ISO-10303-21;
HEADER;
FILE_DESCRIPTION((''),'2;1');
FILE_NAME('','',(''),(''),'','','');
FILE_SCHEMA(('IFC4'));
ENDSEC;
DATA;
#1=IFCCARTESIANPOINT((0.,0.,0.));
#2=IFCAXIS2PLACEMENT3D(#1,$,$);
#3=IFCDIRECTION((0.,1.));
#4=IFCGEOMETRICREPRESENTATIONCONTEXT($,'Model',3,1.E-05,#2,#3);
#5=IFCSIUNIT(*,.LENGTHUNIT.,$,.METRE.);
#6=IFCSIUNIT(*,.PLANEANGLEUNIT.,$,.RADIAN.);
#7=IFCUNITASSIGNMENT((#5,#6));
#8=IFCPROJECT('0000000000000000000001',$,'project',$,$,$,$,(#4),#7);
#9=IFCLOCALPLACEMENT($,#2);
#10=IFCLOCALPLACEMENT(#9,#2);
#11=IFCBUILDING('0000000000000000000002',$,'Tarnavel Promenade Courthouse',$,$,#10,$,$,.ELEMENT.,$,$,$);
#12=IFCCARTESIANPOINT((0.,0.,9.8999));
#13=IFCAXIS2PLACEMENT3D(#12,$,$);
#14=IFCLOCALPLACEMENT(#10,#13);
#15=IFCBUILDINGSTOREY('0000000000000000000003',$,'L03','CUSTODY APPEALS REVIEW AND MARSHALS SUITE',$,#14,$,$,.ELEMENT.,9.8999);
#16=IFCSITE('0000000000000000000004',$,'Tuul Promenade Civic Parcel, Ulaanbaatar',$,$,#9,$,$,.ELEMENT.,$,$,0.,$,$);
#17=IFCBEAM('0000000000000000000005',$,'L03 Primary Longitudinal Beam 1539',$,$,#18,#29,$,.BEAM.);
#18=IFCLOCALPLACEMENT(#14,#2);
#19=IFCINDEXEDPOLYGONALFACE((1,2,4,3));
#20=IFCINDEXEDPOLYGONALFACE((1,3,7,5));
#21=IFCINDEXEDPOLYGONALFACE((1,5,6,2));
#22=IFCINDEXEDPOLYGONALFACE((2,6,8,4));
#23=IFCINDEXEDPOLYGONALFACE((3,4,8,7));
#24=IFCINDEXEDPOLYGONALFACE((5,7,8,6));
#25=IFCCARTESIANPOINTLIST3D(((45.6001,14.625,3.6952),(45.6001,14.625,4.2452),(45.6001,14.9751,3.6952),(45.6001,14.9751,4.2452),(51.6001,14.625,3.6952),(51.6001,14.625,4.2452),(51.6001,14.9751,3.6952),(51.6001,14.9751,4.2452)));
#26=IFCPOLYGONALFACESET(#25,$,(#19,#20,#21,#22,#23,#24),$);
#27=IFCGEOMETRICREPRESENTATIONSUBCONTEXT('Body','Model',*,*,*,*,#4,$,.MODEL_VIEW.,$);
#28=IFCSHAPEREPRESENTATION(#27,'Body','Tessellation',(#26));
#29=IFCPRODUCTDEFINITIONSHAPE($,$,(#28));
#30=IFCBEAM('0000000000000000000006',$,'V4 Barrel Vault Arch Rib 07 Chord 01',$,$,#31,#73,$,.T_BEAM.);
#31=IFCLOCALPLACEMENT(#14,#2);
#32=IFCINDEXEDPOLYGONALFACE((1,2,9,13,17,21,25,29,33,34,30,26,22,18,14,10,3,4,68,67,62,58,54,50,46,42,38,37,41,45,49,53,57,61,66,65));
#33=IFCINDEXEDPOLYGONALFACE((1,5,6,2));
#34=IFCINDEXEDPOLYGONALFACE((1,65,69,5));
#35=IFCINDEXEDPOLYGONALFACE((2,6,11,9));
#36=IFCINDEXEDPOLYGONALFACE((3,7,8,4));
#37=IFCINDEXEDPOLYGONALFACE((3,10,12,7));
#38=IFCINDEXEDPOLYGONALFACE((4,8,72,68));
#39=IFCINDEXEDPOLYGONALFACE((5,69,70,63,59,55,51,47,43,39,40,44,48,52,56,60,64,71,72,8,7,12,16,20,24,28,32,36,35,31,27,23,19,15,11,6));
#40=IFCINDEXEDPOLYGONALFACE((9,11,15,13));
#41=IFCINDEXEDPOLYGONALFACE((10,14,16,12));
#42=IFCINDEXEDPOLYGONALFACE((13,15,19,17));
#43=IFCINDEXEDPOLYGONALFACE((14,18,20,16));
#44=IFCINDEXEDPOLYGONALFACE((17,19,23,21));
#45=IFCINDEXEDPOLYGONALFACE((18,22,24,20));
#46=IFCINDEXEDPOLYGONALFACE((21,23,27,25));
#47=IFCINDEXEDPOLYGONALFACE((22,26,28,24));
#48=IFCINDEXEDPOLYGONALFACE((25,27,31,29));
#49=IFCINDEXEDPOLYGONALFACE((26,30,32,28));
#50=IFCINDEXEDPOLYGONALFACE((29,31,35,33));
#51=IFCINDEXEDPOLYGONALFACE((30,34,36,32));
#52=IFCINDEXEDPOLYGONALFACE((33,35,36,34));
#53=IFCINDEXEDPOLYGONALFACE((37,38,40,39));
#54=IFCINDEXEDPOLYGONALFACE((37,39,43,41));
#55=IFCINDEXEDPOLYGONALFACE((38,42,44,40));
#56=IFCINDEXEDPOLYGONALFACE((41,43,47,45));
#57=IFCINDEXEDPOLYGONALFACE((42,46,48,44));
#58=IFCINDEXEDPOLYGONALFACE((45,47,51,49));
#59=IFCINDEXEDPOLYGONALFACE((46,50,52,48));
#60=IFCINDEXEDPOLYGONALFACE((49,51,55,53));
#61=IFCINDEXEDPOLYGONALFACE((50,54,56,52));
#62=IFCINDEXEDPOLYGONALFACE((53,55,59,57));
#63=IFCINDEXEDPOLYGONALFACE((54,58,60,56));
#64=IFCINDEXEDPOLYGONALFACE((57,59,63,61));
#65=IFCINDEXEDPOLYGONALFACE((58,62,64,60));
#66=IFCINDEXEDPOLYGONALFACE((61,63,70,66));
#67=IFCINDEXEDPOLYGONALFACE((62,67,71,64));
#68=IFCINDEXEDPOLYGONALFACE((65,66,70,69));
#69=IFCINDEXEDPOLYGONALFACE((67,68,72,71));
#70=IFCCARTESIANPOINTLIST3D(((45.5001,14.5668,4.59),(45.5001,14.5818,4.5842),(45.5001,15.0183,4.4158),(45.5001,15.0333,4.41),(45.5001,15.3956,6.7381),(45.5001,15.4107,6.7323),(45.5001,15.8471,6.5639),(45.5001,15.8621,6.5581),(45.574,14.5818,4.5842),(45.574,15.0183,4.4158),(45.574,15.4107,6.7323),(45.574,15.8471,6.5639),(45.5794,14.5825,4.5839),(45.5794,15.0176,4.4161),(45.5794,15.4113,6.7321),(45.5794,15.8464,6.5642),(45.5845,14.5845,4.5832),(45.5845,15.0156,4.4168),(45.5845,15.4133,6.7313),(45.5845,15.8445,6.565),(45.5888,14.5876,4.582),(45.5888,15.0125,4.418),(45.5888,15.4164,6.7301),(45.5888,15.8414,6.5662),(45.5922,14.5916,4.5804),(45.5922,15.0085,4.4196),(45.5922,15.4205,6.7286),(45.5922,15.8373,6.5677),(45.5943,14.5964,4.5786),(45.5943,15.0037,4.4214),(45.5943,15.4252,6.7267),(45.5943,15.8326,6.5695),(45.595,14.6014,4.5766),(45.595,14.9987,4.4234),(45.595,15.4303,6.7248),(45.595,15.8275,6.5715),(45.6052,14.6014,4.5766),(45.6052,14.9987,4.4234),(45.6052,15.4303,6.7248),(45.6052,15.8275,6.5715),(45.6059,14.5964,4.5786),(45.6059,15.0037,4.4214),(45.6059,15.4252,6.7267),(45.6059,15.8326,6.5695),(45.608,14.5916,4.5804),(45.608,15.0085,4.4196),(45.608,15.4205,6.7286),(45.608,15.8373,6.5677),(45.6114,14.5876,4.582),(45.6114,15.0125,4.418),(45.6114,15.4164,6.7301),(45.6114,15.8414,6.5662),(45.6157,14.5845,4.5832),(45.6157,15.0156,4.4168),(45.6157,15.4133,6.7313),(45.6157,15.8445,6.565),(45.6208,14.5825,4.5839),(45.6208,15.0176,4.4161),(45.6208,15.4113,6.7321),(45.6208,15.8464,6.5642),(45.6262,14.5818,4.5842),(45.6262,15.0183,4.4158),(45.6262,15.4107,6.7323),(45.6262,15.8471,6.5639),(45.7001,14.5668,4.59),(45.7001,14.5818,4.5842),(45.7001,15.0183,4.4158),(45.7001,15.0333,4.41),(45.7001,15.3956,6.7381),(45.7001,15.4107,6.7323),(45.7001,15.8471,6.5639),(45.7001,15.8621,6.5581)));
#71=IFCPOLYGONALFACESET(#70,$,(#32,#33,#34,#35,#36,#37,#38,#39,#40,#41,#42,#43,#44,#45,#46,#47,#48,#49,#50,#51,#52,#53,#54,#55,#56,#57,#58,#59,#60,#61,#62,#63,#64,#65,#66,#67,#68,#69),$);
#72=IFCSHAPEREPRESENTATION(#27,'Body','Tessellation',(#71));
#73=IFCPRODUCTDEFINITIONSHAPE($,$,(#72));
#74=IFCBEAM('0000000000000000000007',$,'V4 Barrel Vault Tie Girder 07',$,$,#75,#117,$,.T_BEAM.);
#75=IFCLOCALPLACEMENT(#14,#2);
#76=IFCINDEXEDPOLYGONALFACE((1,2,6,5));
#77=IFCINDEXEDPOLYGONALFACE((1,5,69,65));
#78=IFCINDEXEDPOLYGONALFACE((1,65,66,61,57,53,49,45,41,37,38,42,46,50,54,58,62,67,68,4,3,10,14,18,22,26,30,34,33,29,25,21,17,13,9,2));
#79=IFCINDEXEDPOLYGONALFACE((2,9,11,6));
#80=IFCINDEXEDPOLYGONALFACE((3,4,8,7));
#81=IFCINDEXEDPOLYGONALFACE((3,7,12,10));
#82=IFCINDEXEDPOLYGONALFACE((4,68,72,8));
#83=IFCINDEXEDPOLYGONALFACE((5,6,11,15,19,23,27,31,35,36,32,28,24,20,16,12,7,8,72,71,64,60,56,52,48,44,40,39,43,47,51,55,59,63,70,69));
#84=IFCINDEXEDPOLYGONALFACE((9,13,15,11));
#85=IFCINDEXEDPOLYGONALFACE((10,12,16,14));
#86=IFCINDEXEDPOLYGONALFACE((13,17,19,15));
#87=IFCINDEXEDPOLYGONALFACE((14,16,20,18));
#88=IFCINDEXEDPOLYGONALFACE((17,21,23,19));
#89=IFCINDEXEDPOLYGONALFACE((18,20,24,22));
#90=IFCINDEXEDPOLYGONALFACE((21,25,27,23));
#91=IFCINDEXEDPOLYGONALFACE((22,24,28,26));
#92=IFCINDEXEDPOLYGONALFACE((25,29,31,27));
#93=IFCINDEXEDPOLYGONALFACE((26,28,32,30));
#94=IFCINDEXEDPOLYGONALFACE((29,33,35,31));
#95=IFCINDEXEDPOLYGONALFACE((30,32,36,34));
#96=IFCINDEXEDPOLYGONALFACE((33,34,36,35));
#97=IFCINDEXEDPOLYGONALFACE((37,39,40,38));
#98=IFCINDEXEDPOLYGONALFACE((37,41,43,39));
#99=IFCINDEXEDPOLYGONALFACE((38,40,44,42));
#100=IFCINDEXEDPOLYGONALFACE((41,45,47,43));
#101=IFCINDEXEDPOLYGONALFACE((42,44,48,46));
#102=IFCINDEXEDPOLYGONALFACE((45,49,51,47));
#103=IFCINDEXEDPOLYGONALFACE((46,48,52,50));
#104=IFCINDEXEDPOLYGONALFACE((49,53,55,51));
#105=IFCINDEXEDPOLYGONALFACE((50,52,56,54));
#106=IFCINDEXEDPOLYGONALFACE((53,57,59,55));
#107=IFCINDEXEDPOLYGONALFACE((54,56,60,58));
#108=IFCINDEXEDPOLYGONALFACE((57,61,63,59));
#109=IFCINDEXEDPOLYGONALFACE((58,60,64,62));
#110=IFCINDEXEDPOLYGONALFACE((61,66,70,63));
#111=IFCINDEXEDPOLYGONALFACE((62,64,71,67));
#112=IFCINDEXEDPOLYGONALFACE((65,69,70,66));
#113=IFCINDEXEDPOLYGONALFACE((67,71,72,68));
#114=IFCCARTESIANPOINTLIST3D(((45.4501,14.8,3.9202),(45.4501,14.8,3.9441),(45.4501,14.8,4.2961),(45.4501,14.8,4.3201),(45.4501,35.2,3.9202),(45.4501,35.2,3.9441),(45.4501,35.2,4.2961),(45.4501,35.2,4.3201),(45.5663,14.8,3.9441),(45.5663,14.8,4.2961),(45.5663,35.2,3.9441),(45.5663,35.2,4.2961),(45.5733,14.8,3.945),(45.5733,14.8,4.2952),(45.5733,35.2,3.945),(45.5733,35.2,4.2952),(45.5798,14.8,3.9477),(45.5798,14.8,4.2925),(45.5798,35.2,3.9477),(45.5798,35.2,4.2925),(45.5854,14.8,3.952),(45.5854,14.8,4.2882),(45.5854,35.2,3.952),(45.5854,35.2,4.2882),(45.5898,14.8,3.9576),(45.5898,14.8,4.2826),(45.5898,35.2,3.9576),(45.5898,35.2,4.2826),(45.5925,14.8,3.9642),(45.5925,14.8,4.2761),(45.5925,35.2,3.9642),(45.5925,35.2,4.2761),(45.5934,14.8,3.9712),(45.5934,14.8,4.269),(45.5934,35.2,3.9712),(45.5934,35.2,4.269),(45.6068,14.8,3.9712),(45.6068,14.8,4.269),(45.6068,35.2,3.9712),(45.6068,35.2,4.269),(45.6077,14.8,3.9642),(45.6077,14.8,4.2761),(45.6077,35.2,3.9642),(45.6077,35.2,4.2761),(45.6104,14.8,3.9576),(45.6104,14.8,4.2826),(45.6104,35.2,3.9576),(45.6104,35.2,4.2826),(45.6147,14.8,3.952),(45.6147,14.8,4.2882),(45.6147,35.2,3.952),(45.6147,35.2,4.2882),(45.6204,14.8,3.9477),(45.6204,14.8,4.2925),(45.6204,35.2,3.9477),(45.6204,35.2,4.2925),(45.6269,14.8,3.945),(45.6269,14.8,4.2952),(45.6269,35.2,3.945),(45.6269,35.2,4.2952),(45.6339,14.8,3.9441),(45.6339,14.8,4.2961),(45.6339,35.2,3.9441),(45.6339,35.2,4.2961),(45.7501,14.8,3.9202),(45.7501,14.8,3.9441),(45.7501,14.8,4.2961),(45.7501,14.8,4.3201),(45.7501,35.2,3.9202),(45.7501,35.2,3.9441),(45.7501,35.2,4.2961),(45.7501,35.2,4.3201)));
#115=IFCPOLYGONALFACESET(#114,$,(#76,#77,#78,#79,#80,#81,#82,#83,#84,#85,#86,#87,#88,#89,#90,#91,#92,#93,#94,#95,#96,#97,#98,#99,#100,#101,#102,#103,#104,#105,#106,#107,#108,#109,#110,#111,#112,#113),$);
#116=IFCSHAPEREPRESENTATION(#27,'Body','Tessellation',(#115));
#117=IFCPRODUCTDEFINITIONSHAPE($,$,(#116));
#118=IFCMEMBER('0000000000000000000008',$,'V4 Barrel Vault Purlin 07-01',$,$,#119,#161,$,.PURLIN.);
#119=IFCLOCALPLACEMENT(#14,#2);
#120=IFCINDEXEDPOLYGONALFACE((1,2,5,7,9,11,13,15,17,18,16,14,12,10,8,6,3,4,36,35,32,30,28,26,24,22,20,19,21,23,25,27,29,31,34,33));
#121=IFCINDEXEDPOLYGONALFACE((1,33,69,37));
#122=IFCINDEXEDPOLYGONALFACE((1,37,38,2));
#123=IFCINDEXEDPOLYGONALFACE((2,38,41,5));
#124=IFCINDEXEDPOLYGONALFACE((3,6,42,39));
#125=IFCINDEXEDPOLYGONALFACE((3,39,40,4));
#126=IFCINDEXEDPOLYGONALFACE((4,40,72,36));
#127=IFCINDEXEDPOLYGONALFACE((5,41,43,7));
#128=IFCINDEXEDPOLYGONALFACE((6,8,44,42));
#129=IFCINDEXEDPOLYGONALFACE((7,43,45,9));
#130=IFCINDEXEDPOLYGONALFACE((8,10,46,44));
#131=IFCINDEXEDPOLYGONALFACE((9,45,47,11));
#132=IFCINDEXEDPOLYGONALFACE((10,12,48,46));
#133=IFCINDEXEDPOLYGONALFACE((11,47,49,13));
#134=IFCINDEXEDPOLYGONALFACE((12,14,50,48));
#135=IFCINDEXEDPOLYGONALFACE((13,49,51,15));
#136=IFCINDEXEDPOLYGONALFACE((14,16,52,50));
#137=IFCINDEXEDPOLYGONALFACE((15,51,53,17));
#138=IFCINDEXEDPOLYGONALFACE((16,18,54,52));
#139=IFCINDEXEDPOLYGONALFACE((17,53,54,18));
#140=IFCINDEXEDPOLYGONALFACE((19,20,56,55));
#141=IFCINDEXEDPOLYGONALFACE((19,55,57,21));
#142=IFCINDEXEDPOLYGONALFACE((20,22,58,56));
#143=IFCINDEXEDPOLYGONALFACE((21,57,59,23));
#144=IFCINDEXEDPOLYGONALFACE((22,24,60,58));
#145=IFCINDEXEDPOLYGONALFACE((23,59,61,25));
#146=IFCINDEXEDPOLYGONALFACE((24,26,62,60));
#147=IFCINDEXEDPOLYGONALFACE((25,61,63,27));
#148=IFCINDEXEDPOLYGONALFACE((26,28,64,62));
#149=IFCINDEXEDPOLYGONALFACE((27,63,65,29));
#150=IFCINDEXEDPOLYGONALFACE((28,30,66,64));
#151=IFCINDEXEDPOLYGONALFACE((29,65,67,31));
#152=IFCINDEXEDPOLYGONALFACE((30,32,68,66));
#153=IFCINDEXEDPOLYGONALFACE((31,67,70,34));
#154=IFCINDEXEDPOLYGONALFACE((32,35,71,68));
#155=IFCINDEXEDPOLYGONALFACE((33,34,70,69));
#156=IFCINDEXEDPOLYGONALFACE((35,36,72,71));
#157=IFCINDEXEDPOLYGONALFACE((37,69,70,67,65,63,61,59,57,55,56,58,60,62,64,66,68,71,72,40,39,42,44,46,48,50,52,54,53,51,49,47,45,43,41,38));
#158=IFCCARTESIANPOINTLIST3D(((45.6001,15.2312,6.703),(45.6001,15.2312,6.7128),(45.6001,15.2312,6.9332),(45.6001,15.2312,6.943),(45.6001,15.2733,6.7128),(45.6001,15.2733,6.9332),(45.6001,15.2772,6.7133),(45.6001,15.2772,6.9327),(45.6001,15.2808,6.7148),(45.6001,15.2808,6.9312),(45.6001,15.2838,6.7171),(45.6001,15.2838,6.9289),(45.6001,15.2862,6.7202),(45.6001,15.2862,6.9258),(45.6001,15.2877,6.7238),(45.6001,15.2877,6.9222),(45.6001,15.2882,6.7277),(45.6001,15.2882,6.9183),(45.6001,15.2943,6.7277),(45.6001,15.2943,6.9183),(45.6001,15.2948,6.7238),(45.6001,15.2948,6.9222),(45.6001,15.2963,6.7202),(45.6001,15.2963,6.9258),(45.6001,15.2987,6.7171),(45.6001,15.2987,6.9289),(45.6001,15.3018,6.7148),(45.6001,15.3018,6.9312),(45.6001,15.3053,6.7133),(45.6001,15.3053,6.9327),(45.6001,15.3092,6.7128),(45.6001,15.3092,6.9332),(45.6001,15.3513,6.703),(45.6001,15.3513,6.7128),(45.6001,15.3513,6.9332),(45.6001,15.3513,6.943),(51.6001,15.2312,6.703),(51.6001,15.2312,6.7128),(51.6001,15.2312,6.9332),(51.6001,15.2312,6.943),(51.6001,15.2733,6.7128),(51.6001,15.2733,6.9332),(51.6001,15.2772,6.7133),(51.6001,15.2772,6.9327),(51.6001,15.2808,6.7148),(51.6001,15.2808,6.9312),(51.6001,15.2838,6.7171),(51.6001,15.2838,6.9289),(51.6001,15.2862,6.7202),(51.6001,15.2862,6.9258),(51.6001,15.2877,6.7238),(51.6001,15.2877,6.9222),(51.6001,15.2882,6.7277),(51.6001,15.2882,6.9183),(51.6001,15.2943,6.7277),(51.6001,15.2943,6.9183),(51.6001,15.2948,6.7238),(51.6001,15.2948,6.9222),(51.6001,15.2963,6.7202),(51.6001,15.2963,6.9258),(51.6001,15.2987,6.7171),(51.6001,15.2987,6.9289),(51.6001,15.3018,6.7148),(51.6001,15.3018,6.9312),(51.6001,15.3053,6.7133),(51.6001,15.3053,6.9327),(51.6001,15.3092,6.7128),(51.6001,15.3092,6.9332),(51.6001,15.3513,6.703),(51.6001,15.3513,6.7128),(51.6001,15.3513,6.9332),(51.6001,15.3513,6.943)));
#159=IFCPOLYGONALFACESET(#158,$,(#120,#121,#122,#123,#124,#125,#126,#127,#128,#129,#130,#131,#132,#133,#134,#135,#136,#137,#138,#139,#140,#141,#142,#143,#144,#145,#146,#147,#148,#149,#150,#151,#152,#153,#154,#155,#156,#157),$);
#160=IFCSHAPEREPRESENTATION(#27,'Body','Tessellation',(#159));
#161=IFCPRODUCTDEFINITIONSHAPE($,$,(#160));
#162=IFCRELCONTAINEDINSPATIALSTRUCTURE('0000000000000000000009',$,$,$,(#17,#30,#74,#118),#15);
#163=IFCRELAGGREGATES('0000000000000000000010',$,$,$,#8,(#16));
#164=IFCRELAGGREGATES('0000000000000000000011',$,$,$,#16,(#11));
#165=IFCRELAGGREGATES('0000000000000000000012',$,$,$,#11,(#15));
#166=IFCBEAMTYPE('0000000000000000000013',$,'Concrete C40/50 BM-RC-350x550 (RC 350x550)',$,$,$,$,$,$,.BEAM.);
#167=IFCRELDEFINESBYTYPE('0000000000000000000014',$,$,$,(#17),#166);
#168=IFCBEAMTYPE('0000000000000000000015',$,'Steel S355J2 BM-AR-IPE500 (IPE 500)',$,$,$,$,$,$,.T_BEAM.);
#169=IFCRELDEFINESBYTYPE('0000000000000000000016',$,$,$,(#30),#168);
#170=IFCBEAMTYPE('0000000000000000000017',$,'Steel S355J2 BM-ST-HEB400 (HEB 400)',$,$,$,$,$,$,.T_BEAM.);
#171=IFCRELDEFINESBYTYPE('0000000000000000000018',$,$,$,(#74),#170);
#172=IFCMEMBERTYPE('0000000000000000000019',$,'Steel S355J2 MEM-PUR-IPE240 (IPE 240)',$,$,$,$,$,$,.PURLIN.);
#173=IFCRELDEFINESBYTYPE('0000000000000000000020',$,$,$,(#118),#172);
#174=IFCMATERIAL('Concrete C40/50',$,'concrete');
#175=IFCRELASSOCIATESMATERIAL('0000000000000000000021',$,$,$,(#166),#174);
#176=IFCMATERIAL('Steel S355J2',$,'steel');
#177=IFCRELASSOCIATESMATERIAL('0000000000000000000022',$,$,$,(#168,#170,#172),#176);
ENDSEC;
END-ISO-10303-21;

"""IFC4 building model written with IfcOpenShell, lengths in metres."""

from ifc_helpers import new_model, si_unit, direction, frame, origin, origin_2d, place, context, subcontext, project, spatial, rectangle, i_section, extrude, material, material_profile, profile_set, type_object, element, save


model = new_model("IFC4")

# Units and contexts
model_context = context("Model", 3, precision=1e-05, world=origin(), true_north=direction((0.0, 1.0)))
body_context = subcontext(model_context, "Body", "Model", "MODEL_VIEW")
ifc_project = project(units=[si_unit("LENGTHUNIT", "METRE"), si_unit("PLANEANGLEUNIT", "RADIAN")], contexts=[model_context])

# Site, building, storey
site_placement = place(None, origin())
site = spatial("IfcSite", under=ifc_project, at=site_placement, Name="Tuul Promenade Civic Parcel, Ulaanbaatar", CompositionType="ELEMENT", RefElevation=0.0)
building_placement = place(site_placement, origin())
building = spatial("IfcBuilding", under=site, at=building_placement, Name="Tarnavel Promenade Courthouse", CompositionType="ELEMENT")
storey_placement = place(building_placement, frame((0.0, 0.0, 9.8999)))
storey = spatial("IfcBuildingStorey", under=building, at=storey_placement, Name="L03", Description="CUSTODY APPEALS REVIEW AND MARSHALS SUITE", CompositionType="ELEMENT", Elevation=9.8999)

# Beams
ifc_material_1 = material(Name="Concrete C40/50", Category="concrete")
ifc_material_profile_1 = material_profile(ifc_material_1, rectangle(XDim=0.3501, YDim=0.55, at=origin_2d()), Name="RC 350x550")
ifc_profile_set_1 = profile_set([ifc_material_profile_1], Name="Concrete C40/50")
beam_type_1 = type_object("IfcBeamType", Name="Concrete C40/50 BM-RC-350x550 (RC 350x550)", PredefinedType="BEAM", material=ifc_profile_set_1)
beam_1_placement = place(storey_placement, frame((45.6001, 14.8, 3.9702), z_axis=(1.0, 0.0, 0.0), x_axis=(0.0, 1.0, 0.0)))
element("IfcBeam", 1, at=beam_1_placement, inside=storey, type_object=beam_type_1, Name="L03 Primary Longitudinal Beam 1539", PredefinedType="BEAM", context=body_context, shape_type="SweptSolid", body=[
    extrude(rectangle(XDim=0.3501, YDim=0.55, at=origin_2d()), origin(), (0.0, 0.0, 1.0), 6.0),
])
ifc_material_2 = material(Name="Steel S355J2", Category="steel")
ifc_material_profile_2 = material_profile(ifc_material_2, i_section(OverallWidth=0.2, OverallDepth=0.5, WebThickness=0.0103, FlangeThickness=0.0161, FilletRadius=0.021, at=origin_2d()), Name="IPE 500")
ifc_profile_set_2 = profile_set([ifc_material_profile_2], Name="Steel S355J2")
beam_type_2 = type_object("IfcBeamType", Name="Steel S355J2 BM-AR-IPE500 (IPE 500)", PredefinedType="T_BEAM", material=ifc_profile_set_2)
beam_2_placement = place(storey_placement, frame((45.6001, 14.8, 4.5), z_axis=(0.0, 0.359974, 0.932962), x_axis=(-1.0, 0.0, 0.0)))
element("IfcBeam", 2, at=beam_2_placement, inside=storey, type_object=beam_type_2, Name="V4 Barrel Vault Arch Rib 07 Chord 01", PredefinedType="T_BEAM", context=body_context, shape_type="SweptSolid", body=[
    extrude(i_section(OverallWidth=0.2, OverallDepth=0.5, WebThickness=0.0103, FlangeThickness=0.0161, FilletRadius=0.021, at=origin_2d()), origin(), (0.0, 0.0, 1.0), 2.3025),
])
ifc_material_profile_3 = material_profile(ifc_material_2, i_section(OverallWidth=0.3, OverallDepth=0.3999, WebThickness=0.0134, FlangeThickness=0.0239, FilletRadius=0.0271, at=origin_2d()), Name="HEB 400")
ifc_profile_set_3 = profile_set([ifc_material_profile_3], Name="Steel S355J2")
beam_type_3 = type_object("IfcBeamType", Name="Steel S355J2 BM-ST-HEB400 (HEB 400)", PredefinedType="T_BEAM", material=ifc_profile_set_3)
beam_3_placement = place(storey_placement, frame((45.6001, 14.8, 4.1201), z_axis=(0.0, 1.0, 0.0), x_axis=(-1.0, 0.0, 0.0)))
element("IfcBeam", 3, at=beam_3_placement, inside=storey, type_object=beam_type_3, Name="V4 Barrel Vault Tie Girder 07", PredefinedType="T_BEAM", context=body_context, shape_type="SweptSolid", body=[
    extrude(i_section(OverallWidth=0.3, OverallDepth=0.3999, WebThickness=0.0134, FlangeThickness=0.0239, FilletRadius=0.0271, at=origin_2d()), origin(), (0.0, 0.0, 1.0), 20.3999),
])

# Member
ifc_material_profile_4 = material_profile(ifc_material_2, i_section(OverallWidth=0.1201, OverallDepth=0.24, WebThickness=0.0061, FlangeThickness=0.0098, FilletRadius=0.0149, at=origin_2d()), Name="IPE 240")
ifc_profile_set_4 = profile_set([ifc_material_profile_4], Name="Steel S355J2")
member_type_1 = type_object("IfcMemberType", Name="Steel S355J2 MEM-PUR-IPE240 (IPE 240)", PredefinedType="PURLIN", material=ifc_profile_set_4)
member_1_placement = place(storey_placement, frame((45.6001, 15.2913, 6.823), z_axis=(1.0, 0.0, 0.0), x_axis=(0.0, 1.0, 0.0)))
element("IfcMember", 4, at=member_1_placement, inside=storey, type_object=member_type_1, Name="V4 Barrel Vault Purlin 07-01", PredefinedType="PURLIN", context=body_context, shape_type="SweptSolid", body=[
    extrude(i_section(OverallWidth=0.1201, OverallDepth=0.24, WebThickness=0.0061, FlangeThickness=0.0098, FilletRadius=0.0149, at=origin_2d()), origin(), (0.0, 0.0, 1.0), 6.0),
])

save(model, "model.ifc")
